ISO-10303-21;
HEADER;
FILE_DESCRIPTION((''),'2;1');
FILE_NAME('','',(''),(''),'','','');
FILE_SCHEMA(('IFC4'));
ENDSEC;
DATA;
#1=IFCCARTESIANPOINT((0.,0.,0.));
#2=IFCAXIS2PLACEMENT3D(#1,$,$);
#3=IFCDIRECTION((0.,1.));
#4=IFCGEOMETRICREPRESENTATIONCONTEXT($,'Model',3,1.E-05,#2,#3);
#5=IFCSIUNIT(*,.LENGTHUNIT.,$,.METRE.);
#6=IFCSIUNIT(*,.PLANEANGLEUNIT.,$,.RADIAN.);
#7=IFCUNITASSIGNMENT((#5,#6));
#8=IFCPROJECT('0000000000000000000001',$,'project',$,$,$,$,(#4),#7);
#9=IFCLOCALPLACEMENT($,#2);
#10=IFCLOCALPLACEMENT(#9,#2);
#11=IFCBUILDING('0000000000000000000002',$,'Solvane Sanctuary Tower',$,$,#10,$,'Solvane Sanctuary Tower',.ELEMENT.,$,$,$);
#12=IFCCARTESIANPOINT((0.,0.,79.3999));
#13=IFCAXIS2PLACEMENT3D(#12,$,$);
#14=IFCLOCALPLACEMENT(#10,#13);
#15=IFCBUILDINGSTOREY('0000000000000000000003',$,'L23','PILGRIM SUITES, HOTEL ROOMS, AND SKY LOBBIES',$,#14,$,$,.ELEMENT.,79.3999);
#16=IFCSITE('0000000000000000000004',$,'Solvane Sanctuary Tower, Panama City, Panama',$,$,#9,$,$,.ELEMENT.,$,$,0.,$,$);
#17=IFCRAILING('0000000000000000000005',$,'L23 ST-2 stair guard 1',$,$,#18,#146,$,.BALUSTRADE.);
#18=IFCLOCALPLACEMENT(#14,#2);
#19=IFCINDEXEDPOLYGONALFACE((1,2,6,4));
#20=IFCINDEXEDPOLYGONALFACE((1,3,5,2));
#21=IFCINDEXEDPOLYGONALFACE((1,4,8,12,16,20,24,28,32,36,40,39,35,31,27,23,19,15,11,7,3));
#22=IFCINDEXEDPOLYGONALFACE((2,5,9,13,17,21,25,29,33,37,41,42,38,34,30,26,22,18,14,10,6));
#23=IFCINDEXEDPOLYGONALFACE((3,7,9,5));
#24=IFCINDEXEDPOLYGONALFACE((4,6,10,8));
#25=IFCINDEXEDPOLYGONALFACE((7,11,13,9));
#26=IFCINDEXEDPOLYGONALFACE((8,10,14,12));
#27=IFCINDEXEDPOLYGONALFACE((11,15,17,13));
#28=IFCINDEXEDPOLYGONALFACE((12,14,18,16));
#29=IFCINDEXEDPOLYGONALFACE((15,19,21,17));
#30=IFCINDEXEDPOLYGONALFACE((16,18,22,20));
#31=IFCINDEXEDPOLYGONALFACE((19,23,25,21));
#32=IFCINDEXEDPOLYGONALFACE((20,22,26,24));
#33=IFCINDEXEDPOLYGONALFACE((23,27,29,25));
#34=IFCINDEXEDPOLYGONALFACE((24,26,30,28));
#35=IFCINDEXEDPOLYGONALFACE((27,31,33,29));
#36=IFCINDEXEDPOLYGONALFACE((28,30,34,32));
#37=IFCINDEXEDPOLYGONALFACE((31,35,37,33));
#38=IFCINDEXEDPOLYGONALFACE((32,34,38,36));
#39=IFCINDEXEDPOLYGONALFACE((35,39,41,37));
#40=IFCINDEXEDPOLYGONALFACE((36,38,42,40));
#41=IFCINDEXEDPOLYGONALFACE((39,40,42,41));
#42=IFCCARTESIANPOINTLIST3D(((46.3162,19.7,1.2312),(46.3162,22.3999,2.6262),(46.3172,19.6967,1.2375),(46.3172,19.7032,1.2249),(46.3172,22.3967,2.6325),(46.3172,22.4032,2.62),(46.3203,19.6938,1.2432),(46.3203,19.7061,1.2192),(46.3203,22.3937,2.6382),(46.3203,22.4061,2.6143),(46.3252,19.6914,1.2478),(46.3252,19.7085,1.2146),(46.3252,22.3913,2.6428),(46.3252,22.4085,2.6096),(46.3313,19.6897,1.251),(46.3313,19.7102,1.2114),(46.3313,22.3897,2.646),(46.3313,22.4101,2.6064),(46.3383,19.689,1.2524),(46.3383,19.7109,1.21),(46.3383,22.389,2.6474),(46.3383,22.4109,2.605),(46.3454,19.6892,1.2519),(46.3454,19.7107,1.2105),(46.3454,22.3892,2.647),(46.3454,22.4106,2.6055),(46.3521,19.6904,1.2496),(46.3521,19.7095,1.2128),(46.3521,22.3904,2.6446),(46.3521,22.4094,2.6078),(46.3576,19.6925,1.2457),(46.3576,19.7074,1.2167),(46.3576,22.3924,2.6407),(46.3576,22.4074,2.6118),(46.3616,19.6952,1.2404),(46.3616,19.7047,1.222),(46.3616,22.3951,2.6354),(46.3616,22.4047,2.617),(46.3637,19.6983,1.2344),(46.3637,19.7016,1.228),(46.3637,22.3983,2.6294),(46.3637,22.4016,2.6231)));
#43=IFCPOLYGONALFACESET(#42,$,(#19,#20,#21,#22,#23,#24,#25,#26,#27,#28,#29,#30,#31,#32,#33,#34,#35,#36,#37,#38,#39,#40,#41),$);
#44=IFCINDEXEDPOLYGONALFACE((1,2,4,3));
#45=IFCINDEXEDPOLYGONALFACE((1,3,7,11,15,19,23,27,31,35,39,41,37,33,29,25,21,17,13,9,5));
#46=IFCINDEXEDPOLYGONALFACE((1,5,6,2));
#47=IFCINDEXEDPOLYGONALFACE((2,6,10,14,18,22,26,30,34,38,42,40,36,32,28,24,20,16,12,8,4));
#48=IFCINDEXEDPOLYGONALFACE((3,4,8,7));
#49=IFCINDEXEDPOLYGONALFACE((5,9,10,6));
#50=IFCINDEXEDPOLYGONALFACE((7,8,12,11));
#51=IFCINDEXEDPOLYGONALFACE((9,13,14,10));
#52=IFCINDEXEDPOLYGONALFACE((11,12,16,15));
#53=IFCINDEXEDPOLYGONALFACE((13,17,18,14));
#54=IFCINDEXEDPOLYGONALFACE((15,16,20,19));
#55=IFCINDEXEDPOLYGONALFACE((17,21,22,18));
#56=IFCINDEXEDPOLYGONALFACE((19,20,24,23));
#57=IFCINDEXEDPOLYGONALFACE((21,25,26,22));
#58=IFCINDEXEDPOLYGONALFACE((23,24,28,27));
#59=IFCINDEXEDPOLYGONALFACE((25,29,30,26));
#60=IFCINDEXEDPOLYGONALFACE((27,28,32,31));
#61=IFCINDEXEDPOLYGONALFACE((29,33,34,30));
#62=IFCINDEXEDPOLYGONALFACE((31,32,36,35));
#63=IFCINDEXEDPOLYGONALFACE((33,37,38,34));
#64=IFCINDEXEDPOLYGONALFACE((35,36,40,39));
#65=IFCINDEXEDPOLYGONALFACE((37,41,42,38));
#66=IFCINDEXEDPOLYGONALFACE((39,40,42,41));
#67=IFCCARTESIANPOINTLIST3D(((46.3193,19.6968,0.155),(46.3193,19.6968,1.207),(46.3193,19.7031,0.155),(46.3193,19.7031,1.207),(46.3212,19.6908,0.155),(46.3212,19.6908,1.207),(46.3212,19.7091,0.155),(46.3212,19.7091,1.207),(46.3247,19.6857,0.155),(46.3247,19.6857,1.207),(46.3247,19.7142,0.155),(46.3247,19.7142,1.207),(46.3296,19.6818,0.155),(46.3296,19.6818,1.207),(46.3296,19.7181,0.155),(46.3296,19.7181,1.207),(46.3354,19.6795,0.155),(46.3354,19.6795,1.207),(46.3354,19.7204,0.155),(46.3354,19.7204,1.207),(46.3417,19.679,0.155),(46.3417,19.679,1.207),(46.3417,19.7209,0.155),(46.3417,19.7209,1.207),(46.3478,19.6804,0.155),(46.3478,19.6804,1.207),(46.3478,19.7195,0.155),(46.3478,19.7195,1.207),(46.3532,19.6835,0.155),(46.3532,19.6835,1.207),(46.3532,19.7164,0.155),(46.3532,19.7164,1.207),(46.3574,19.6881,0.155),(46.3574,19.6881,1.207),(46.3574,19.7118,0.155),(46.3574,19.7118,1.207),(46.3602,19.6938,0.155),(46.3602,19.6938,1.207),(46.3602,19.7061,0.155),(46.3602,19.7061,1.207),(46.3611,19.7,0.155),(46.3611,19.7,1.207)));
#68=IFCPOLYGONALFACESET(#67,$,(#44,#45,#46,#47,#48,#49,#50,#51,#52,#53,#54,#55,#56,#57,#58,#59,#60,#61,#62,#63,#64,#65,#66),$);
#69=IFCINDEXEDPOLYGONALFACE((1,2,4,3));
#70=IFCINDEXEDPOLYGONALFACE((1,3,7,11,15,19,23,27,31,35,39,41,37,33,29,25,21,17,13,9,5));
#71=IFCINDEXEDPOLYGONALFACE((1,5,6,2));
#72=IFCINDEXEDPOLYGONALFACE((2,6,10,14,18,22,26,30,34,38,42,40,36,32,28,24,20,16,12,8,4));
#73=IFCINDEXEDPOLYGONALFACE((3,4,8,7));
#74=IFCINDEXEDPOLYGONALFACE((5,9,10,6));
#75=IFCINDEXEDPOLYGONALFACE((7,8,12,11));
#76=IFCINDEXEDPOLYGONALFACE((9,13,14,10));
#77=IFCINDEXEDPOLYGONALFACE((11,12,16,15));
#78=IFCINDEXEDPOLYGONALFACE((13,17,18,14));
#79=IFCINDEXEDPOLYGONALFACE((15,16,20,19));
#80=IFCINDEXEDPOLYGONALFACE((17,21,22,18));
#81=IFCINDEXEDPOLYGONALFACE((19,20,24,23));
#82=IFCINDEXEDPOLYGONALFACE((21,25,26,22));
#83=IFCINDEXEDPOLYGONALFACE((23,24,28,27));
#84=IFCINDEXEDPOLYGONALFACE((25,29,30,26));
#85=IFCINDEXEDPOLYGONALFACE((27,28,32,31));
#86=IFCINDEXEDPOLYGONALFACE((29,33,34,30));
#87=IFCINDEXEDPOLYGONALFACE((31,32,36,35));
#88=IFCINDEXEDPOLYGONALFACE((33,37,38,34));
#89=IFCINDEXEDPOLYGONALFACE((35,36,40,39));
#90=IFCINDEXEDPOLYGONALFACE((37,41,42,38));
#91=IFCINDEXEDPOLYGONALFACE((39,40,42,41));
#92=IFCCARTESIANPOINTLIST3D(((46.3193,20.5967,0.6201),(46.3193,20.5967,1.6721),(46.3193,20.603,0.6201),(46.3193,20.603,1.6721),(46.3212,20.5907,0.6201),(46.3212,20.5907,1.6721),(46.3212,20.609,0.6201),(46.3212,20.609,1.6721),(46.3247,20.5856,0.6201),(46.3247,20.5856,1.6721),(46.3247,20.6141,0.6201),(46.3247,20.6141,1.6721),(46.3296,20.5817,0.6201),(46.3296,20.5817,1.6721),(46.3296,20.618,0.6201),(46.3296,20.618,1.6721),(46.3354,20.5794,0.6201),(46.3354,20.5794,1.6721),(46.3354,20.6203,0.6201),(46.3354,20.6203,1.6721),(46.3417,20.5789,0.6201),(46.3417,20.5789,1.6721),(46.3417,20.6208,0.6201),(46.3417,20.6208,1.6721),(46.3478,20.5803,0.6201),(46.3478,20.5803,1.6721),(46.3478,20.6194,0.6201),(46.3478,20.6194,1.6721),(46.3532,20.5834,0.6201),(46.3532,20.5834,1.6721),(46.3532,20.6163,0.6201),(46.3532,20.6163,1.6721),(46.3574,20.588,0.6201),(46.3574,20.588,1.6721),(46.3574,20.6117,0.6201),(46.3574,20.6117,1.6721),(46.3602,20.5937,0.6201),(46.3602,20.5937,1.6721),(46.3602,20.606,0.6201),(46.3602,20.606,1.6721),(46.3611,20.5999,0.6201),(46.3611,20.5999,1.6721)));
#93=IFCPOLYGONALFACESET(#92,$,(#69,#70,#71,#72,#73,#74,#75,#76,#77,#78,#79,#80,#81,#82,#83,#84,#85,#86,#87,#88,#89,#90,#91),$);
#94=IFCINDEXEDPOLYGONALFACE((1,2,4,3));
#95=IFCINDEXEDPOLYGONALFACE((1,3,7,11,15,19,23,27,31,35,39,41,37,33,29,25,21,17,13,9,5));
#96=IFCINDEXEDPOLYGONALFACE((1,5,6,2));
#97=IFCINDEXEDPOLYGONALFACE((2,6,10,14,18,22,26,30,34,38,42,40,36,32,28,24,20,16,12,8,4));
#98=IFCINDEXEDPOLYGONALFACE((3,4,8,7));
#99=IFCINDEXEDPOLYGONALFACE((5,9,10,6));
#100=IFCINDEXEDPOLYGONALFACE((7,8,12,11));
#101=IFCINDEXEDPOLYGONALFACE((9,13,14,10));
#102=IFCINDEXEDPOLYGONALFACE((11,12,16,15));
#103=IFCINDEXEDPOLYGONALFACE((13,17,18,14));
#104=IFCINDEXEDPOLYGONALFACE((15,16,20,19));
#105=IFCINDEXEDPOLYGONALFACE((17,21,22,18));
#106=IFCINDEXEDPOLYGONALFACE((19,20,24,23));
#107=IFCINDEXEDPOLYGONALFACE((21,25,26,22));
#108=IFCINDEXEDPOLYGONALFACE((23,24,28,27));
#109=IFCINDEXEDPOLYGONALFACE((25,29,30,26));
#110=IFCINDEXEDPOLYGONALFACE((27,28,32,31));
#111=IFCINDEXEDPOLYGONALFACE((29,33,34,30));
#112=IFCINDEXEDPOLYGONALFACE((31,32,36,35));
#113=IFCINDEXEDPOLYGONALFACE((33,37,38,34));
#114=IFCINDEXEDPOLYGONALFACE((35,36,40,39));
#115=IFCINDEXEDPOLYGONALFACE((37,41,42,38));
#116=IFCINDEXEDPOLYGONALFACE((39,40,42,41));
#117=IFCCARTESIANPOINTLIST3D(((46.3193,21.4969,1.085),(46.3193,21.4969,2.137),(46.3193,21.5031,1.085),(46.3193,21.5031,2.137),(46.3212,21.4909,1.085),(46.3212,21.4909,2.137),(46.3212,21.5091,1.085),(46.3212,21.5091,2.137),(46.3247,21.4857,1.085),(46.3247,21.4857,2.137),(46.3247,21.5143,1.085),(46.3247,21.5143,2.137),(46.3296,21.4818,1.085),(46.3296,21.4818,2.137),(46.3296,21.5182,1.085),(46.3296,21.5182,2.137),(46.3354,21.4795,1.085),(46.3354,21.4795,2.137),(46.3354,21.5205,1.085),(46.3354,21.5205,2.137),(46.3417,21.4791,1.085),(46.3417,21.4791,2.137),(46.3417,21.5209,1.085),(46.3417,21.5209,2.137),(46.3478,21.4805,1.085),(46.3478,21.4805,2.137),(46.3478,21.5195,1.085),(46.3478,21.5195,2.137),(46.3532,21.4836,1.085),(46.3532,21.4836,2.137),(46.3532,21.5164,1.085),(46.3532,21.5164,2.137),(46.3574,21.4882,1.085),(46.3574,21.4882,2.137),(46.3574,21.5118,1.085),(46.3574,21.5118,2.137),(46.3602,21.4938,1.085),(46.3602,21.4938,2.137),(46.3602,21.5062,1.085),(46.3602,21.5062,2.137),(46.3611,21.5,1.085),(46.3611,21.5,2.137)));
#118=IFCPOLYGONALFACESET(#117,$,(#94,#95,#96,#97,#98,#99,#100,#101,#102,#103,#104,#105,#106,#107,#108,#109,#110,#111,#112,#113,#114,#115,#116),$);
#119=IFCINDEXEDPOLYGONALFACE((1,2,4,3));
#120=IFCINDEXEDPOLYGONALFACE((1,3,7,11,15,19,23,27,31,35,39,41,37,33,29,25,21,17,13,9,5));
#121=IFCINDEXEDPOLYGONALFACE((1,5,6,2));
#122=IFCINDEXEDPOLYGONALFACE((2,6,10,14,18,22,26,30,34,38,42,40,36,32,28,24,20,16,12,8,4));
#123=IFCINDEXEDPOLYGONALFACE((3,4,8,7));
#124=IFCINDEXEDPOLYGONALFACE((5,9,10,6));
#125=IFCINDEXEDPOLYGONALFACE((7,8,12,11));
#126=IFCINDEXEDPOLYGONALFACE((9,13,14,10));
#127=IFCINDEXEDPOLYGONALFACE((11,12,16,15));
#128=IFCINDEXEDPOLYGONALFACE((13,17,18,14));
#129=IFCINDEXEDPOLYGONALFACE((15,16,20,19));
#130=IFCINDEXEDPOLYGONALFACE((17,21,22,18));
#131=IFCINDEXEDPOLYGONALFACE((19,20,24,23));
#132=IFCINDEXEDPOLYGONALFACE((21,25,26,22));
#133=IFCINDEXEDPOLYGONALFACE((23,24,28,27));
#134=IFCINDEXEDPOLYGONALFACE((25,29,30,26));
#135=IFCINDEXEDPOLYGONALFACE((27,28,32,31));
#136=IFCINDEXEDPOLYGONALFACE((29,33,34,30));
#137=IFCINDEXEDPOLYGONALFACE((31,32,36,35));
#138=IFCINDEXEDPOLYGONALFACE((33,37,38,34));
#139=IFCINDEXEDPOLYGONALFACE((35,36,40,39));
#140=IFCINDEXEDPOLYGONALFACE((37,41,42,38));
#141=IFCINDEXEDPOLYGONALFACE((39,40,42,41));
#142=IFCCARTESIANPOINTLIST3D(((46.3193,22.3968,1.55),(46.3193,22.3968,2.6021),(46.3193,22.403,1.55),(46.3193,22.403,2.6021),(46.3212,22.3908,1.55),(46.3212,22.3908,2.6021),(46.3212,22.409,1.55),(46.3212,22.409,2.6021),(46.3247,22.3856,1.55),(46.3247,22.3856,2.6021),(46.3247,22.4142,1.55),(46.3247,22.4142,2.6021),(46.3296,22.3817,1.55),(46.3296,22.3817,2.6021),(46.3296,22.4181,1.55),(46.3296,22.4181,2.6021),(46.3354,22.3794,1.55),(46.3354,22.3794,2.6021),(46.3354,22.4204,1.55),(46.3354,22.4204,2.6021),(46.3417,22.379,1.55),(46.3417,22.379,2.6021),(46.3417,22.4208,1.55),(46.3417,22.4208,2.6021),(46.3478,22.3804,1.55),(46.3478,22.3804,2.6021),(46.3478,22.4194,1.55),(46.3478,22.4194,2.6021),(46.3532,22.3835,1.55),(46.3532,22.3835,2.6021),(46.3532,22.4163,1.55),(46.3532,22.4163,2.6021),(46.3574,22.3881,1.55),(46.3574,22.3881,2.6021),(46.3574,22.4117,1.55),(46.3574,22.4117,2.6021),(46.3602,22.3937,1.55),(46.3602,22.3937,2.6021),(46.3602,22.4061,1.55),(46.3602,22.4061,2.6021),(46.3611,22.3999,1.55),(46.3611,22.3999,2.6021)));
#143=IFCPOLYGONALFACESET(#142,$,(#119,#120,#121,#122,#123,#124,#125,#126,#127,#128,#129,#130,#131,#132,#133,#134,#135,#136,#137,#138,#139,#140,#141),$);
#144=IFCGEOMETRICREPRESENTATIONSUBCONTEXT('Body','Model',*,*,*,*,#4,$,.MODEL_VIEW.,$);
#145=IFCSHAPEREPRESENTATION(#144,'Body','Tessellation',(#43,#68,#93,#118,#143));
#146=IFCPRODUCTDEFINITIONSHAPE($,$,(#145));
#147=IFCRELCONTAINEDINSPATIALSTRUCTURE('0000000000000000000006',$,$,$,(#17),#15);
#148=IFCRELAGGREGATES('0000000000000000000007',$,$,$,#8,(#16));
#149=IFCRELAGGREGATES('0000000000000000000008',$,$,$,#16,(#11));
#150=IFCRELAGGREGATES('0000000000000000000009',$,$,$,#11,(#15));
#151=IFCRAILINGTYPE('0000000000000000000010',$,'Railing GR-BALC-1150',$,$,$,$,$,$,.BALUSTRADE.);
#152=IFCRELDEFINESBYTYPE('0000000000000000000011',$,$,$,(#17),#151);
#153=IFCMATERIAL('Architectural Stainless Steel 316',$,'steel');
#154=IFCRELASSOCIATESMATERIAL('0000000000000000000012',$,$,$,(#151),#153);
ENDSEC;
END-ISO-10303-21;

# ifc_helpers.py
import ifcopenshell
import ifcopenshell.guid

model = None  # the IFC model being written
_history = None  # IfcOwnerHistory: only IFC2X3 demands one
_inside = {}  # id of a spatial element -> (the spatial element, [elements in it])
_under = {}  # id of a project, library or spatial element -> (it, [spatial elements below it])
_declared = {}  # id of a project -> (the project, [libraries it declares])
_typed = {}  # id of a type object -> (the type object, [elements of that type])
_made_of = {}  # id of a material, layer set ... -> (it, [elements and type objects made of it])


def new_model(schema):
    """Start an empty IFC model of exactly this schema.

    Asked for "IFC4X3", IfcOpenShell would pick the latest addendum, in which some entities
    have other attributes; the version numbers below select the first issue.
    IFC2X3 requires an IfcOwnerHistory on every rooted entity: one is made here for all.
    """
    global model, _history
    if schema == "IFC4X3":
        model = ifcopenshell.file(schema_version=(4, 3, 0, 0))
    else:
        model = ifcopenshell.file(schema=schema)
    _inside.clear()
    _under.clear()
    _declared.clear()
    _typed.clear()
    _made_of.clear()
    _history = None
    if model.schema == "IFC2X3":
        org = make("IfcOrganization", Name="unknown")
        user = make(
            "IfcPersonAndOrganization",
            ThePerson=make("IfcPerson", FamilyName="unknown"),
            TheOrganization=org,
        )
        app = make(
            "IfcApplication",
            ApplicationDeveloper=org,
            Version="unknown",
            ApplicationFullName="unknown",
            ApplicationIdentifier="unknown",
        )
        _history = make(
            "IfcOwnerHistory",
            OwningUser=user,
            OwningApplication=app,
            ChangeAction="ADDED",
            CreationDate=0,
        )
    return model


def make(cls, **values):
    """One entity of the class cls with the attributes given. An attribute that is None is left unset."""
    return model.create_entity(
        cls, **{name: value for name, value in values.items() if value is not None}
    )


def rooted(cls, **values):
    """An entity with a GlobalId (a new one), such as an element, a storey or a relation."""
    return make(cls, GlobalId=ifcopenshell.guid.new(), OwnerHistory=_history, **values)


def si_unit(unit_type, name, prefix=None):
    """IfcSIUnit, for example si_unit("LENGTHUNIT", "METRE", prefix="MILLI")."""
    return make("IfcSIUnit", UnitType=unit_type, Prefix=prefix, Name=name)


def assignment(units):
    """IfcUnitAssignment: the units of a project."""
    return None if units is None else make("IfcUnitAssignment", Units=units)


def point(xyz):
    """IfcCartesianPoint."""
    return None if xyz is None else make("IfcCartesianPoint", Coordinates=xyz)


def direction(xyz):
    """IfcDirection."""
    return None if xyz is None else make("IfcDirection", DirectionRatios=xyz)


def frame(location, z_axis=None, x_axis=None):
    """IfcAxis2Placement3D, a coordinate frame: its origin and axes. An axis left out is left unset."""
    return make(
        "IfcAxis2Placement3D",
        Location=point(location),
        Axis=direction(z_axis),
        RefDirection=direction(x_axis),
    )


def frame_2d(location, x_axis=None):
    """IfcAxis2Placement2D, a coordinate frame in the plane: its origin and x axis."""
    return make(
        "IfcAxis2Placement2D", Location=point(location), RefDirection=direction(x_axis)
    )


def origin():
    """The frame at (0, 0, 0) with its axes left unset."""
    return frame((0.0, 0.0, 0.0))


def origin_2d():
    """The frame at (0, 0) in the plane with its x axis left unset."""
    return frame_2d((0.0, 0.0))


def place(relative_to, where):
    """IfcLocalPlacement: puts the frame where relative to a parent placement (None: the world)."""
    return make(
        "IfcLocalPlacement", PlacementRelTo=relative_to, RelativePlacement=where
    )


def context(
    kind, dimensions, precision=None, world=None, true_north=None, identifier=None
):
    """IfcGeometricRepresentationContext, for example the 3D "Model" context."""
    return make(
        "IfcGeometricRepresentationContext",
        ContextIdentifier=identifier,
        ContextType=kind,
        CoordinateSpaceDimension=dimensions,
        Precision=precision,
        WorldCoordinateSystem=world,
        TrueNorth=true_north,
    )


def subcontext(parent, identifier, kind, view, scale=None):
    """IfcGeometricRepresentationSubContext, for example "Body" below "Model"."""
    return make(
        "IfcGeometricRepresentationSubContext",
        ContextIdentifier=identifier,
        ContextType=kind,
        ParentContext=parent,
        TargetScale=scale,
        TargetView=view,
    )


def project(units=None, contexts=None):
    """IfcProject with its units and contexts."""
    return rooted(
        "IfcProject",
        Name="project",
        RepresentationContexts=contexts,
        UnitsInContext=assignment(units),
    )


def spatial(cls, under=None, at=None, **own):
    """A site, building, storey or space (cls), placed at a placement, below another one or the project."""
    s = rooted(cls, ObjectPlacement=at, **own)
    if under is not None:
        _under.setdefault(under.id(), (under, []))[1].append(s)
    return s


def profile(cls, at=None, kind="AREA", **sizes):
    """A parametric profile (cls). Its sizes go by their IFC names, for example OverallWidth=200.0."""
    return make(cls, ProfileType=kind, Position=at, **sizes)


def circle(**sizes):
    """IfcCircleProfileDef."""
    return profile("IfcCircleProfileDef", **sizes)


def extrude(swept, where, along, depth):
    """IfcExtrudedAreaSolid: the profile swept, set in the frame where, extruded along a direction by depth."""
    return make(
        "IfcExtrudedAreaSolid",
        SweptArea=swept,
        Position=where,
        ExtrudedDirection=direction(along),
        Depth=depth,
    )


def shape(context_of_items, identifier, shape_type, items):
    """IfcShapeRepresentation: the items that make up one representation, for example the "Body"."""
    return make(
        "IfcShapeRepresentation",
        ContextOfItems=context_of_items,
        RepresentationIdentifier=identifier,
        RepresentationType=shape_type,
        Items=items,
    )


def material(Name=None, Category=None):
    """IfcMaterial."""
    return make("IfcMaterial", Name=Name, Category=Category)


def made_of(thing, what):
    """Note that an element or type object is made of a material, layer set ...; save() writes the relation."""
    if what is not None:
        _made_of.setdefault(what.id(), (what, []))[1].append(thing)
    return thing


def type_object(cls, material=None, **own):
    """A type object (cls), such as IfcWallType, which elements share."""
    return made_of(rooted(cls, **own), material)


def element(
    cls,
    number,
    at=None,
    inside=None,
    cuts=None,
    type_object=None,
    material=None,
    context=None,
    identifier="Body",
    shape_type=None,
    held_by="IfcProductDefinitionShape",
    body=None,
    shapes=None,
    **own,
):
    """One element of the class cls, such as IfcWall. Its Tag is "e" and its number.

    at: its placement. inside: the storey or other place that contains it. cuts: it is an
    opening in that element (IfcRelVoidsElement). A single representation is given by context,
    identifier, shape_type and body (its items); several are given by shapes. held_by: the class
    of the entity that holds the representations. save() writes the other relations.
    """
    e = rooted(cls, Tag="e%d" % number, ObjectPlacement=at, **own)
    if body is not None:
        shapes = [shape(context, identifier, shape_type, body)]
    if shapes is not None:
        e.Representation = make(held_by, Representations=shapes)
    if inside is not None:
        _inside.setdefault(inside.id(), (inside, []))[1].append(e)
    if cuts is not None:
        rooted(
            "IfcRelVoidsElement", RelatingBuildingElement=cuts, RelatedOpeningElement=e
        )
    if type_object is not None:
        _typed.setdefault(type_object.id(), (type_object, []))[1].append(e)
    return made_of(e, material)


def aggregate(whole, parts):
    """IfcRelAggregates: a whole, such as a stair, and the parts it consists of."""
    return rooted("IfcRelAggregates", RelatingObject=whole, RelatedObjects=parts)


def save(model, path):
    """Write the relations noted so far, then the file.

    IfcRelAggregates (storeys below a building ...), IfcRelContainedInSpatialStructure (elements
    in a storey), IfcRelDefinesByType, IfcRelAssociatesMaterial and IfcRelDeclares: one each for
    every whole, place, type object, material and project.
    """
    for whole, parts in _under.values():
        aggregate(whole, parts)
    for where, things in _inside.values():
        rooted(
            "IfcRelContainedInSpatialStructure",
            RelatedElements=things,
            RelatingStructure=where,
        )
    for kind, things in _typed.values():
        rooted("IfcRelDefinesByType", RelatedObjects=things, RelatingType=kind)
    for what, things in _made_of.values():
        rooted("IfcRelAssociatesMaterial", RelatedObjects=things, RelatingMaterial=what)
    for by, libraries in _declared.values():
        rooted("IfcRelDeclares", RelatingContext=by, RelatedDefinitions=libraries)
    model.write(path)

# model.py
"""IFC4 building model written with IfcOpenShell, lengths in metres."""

from ifc_helpers import new_model, si_unit, direction, frame, origin, origin_2d, place, context, subcontext, project, spatial, circle, extrude, material, type_object, element, save


model = new_model("IFC4")

# Units and contexts
model_context = context("Model", 3, precision=1e-05, world=origin(), true_north=direction((0.0, 1.0)))
body_context = subcontext(model_context, "Body", "Model", "MODEL_VIEW")
ifc_project = project(units=[si_unit("LENGTHUNIT", "METRE"), si_unit("PLANEANGLEUNIT", "RADIAN")], contexts=[model_context])

# Site, building, storey
site_placement = place(None, origin())
site = spatial("IfcSite", under=ifc_project, at=site_placement, Name="Solvane Sanctuary Tower, Panama City, Panama", CompositionType="ELEMENT", RefElevation=0.0)
building_placement = place(site_placement, origin())
building = spatial("IfcBuilding", under=site, at=building_placement, Name="Solvane Sanctuary Tower", LongName="Solvane Sanctuary Tower", CompositionType="ELEMENT")
storey_placement = place(building_placement, frame((0.0, 0.0, 79.3999)))
storey = spatial("IfcBuildingStorey", under=building, at=storey_placement, Name="L23", Description="PILGRIM SUITES, HOTEL ROOMS, AND SKY LOBBIES", CompositionType="ELEMENT", Elevation=79.3999)

# Shared definitions
ifc_material_1 = material(Name="Architectural Stainless Steel 316", Category="steel")

# Railing
railing_type_1 = type_object("IfcRailingType", Name="Railing GR-BALC-1150", PredefinedType="BALUSTRADE", material=ifc_material_1)
railing_1_placement = place(storey_placement, frame((46.3401, 19.7, 0.155)))
element("IfcRailing", 1, at=railing_1_placement, inside=storey, type_object=railing_type_1, Name="L23 ST-2 stair guard 1", PredefinedType="BALUSTRADE", context=body_context, shape_type="SweptSolid", body=[
    extrude(circle(Radius=0.0239, at=origin_2d()), frame((0.0, 0.0, 1.0762), z_axis=(0.0, 0.88842, 0.459032), x_axis=(-1.0, 0.0, 0.0)), (0.0, 0.0, 1.0), 3.0391),
    extrude(circle(Radius=0.021, at=origin_2d()), origin(), (0.0, 0.0, 1.0), 1.052),
    extrude(circle(Radius=0.021, at=origin_2d()), frame((0.0, 0.8999, 0.4651)), (0.0, 0.0, 1.0), 1.052),
    extrude(circle(Radius=0.021, at=origin_2d()), frame((0.0, 1.8, 0.9299)), (0.0, 0.0, 1.0), 1.052),
    extrude(circle(Radius=0.021, at=origin_2d()), frame((0.0, 2.7, 1.395)), (0.0, 0.0, 1.0), 1.052),
])

save(model, "model.ifc")
